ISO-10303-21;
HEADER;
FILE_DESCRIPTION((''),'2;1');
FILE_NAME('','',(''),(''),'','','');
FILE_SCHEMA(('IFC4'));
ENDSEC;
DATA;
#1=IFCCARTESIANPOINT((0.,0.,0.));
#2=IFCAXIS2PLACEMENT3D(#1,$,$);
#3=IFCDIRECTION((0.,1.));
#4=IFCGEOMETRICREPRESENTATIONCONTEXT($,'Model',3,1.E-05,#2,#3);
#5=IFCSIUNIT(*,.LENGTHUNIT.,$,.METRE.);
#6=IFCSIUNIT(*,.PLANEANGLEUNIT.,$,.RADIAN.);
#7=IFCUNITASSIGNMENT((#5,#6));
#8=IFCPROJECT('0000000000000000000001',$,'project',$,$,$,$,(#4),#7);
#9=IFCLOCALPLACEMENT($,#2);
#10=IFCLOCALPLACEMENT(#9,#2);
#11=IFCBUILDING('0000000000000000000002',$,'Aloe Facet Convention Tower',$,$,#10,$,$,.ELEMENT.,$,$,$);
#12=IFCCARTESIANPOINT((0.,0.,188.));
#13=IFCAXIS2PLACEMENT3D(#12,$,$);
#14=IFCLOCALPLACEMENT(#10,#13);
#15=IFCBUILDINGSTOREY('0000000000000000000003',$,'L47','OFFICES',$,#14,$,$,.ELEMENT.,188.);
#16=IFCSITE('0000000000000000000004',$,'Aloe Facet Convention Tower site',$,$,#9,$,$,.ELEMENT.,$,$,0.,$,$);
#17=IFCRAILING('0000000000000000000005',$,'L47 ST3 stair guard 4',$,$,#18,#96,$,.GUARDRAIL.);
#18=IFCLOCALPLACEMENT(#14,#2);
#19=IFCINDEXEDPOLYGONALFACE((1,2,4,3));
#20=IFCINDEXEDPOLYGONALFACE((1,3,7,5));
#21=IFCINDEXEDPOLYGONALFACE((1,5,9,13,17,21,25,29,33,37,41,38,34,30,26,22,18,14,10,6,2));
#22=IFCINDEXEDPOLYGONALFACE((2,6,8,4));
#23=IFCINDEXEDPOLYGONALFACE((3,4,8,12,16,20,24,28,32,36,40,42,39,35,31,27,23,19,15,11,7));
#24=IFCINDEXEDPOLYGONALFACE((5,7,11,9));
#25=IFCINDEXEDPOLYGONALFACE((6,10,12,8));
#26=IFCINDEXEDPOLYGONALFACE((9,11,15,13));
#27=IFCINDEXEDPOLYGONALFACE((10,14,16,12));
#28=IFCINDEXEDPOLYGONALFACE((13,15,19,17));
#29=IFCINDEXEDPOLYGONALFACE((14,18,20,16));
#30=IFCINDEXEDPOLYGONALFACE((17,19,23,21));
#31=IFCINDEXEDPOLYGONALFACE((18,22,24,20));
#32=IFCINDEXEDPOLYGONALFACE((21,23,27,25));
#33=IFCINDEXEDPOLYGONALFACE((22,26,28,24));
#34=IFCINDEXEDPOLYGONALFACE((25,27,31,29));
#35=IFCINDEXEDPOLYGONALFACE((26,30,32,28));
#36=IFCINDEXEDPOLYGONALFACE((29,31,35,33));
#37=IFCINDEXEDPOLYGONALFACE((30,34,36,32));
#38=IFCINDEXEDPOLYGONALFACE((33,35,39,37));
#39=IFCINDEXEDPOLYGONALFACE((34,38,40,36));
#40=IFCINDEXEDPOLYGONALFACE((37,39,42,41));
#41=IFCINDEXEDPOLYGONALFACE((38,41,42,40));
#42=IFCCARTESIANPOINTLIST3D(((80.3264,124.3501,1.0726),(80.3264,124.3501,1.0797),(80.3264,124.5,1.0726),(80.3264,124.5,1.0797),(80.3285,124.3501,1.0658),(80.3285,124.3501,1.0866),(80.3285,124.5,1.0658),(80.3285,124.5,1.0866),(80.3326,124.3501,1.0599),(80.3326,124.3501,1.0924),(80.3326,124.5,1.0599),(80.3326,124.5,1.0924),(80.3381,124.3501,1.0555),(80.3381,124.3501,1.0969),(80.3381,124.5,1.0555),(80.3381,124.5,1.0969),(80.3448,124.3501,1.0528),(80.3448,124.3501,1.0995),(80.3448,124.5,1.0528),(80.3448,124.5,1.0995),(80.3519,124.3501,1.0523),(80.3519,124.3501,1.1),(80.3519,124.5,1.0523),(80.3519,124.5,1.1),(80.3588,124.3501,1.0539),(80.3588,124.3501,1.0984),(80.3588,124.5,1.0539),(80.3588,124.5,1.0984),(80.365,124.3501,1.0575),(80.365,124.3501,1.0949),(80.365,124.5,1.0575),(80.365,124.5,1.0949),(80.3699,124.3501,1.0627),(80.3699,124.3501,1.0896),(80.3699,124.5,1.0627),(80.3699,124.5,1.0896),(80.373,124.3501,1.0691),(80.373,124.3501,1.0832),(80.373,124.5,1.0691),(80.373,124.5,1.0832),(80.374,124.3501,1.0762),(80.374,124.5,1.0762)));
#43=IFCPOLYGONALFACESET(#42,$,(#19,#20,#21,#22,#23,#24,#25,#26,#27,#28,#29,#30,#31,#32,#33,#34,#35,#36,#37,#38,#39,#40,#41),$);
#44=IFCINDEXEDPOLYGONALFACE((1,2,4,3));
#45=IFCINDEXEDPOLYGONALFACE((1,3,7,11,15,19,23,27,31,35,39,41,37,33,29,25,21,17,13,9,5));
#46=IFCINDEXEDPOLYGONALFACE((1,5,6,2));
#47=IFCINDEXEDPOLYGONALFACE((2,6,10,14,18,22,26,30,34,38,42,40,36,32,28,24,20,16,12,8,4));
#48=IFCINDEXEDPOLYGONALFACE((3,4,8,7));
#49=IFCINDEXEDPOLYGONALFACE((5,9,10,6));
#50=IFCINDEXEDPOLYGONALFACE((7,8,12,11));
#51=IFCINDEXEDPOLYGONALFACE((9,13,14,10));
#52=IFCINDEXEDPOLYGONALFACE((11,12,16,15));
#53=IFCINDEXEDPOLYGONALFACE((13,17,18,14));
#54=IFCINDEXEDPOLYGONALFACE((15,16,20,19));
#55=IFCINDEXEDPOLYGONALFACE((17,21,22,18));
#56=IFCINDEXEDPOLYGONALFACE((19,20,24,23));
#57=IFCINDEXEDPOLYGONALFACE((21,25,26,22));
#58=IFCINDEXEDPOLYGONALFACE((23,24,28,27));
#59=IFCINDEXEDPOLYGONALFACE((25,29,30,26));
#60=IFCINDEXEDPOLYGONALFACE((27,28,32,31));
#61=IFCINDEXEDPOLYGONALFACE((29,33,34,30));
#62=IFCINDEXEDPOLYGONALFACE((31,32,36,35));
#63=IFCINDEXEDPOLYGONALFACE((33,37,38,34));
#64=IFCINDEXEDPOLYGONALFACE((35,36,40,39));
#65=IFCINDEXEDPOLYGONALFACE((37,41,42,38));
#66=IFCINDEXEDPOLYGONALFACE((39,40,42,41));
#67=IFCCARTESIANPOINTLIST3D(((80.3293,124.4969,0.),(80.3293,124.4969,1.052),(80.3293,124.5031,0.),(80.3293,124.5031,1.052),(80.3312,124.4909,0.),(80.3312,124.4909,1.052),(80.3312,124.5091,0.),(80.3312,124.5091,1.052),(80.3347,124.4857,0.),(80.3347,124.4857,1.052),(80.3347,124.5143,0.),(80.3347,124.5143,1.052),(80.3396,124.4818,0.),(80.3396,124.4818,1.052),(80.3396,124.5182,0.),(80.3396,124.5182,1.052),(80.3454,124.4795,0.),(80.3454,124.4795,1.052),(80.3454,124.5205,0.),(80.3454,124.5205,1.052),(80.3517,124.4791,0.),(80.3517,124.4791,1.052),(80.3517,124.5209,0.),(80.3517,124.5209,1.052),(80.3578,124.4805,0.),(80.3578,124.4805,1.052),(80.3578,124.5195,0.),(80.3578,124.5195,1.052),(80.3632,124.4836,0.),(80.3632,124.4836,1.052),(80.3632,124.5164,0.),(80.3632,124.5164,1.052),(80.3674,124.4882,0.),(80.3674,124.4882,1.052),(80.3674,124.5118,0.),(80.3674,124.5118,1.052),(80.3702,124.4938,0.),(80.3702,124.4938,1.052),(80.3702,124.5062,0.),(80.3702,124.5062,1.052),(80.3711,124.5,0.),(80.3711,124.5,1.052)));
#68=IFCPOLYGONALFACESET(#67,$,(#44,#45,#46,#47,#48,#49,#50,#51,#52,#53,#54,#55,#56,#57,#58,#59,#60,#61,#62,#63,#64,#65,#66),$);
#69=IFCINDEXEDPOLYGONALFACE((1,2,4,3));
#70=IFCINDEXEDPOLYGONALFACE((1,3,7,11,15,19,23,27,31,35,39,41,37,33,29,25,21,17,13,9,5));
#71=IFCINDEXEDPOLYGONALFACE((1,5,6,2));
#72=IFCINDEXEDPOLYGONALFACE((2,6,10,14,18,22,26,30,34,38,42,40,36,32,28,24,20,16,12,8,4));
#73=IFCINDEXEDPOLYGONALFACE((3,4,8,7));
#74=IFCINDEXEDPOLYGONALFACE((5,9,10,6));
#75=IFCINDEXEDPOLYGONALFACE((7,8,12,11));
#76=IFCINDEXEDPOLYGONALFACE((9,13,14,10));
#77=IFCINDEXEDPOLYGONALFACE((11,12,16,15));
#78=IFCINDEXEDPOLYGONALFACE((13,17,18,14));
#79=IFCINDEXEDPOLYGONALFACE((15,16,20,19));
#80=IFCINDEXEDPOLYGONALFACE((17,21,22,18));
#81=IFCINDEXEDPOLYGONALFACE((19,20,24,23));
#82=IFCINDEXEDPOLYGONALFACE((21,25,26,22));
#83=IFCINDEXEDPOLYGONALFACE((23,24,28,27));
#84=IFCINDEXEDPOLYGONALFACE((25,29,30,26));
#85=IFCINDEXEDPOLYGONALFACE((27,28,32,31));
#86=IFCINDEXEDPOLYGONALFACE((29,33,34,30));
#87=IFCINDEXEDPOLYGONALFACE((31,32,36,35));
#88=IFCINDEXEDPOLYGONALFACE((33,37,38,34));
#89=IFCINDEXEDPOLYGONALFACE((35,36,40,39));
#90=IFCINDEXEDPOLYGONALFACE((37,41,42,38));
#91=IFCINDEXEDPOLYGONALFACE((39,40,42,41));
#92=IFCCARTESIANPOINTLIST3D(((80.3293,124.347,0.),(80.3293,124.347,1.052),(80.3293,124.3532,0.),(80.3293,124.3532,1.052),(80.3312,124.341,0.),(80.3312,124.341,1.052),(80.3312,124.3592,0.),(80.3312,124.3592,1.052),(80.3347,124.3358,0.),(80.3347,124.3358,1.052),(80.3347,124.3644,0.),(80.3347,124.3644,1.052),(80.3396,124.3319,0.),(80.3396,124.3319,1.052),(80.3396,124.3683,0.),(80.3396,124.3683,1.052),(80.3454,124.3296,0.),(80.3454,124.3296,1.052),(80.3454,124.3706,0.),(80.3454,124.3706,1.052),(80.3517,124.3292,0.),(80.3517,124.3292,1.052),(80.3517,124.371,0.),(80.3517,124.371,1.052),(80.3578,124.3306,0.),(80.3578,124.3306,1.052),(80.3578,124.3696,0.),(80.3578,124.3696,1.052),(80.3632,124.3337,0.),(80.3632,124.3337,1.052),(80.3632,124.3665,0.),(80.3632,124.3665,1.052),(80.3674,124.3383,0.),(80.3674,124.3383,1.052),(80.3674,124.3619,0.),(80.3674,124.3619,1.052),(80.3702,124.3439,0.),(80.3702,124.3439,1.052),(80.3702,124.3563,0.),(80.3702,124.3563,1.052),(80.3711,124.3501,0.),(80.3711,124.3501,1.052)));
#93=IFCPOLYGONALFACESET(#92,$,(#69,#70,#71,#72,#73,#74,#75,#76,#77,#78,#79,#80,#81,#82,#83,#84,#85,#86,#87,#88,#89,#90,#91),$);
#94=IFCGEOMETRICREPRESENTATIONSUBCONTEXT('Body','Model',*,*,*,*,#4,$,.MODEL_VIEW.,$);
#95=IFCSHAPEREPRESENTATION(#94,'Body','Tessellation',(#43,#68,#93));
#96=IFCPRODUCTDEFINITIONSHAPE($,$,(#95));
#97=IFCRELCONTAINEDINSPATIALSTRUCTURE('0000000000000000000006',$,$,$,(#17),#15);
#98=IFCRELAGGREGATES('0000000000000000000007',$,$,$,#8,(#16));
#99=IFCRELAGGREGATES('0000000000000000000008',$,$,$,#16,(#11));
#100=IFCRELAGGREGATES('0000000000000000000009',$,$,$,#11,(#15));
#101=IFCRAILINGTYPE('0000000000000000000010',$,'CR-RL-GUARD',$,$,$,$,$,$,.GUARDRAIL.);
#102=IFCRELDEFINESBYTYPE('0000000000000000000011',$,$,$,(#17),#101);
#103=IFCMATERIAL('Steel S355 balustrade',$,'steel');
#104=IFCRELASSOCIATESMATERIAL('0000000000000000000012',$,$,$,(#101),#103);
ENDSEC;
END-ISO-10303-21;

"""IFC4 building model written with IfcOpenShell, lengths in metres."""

from ifc_helpers import new_model, si_unit, direction, frame, origin, origin_2d, place, context, subcontext, project, spatial, circle, extrude, material, type_object, element, save


model = new_model("IFC4")

# Units and contexts
model_context = context("Model", 3, precision=1e-05, world=origin(), true_north=direction((0.0, 1.0)))
body_context = subcontext(model_context, "Body", "Model", "MODEL_VIEW")
ifc_project = project(units=[si_unit("LENGTHUNIT", "METRE"), si_unit("PLANEANGLEUNIT", "RADIAN")], contexts=[model_context])

# Site, building, storey
site_placement = place(None, origin())
site = spatial("IfcSite", under=ifc_project, at=site_placement, Name="Aloe Facet Convention Tower site", CompositionType="ELEMENT", RefElevation=0.0)
building_placement = place(site_placement, origin())
building = spatial("IfcBuilding", under=site, at=building_placement, Name="Aloe Facet Convention Tower", CompositionType="ELEMENT")
storey_placement = place(building_placement, frame((0.0, 0.0, 188.0)))
storey = spatial("IfcBuildingStorey", under=building, at=storey_placement, Name="L47", Description="OFFICES", CompositionType="ELEMENT", Elevation=188.0)

# Railing
ifc_material_1 = material(Name="Steel S355 balustrade", Category="steel")
railing_type_1 = type_object("IfcRailingType", Name="CR-RL-GUARD", PredefinedType="GUARDRAIL", material=ifc_material_1)
railing_1_placement = place(storey_placement, frame((80.3501, 124.5, 0.0)))
element("IfcRailing", 1, at=railing_1_placement, inside=storey, type_object=railing_type_1, Name="L47 ST3 stair guard 4", PredefinedType="GUARDRAIL", context=body_context, shape_type="SweptSolid", body=[
    extrude(circle(Radius=0.0239, at=origin_2d()), frame((0.0, 0.0, 1.0762), z_axis=(0.0, -1.0, 0.0), x_axis=(1.0, 0.0, 0.0)), (0.0, 0.0, 1.0), 0.1499),
    extrude(circle(Radius=0.021, at=origin_2d()), origin(), (0.0, 0.0, 1.0), 1.052),
    extrude(circle(Radius=0.021, at=origin_2d()), frame((0.0, -0.1499, 0.0)), (0.0, 0.0, 1.0), 1.052),
])

save(model, "model.ifc")
